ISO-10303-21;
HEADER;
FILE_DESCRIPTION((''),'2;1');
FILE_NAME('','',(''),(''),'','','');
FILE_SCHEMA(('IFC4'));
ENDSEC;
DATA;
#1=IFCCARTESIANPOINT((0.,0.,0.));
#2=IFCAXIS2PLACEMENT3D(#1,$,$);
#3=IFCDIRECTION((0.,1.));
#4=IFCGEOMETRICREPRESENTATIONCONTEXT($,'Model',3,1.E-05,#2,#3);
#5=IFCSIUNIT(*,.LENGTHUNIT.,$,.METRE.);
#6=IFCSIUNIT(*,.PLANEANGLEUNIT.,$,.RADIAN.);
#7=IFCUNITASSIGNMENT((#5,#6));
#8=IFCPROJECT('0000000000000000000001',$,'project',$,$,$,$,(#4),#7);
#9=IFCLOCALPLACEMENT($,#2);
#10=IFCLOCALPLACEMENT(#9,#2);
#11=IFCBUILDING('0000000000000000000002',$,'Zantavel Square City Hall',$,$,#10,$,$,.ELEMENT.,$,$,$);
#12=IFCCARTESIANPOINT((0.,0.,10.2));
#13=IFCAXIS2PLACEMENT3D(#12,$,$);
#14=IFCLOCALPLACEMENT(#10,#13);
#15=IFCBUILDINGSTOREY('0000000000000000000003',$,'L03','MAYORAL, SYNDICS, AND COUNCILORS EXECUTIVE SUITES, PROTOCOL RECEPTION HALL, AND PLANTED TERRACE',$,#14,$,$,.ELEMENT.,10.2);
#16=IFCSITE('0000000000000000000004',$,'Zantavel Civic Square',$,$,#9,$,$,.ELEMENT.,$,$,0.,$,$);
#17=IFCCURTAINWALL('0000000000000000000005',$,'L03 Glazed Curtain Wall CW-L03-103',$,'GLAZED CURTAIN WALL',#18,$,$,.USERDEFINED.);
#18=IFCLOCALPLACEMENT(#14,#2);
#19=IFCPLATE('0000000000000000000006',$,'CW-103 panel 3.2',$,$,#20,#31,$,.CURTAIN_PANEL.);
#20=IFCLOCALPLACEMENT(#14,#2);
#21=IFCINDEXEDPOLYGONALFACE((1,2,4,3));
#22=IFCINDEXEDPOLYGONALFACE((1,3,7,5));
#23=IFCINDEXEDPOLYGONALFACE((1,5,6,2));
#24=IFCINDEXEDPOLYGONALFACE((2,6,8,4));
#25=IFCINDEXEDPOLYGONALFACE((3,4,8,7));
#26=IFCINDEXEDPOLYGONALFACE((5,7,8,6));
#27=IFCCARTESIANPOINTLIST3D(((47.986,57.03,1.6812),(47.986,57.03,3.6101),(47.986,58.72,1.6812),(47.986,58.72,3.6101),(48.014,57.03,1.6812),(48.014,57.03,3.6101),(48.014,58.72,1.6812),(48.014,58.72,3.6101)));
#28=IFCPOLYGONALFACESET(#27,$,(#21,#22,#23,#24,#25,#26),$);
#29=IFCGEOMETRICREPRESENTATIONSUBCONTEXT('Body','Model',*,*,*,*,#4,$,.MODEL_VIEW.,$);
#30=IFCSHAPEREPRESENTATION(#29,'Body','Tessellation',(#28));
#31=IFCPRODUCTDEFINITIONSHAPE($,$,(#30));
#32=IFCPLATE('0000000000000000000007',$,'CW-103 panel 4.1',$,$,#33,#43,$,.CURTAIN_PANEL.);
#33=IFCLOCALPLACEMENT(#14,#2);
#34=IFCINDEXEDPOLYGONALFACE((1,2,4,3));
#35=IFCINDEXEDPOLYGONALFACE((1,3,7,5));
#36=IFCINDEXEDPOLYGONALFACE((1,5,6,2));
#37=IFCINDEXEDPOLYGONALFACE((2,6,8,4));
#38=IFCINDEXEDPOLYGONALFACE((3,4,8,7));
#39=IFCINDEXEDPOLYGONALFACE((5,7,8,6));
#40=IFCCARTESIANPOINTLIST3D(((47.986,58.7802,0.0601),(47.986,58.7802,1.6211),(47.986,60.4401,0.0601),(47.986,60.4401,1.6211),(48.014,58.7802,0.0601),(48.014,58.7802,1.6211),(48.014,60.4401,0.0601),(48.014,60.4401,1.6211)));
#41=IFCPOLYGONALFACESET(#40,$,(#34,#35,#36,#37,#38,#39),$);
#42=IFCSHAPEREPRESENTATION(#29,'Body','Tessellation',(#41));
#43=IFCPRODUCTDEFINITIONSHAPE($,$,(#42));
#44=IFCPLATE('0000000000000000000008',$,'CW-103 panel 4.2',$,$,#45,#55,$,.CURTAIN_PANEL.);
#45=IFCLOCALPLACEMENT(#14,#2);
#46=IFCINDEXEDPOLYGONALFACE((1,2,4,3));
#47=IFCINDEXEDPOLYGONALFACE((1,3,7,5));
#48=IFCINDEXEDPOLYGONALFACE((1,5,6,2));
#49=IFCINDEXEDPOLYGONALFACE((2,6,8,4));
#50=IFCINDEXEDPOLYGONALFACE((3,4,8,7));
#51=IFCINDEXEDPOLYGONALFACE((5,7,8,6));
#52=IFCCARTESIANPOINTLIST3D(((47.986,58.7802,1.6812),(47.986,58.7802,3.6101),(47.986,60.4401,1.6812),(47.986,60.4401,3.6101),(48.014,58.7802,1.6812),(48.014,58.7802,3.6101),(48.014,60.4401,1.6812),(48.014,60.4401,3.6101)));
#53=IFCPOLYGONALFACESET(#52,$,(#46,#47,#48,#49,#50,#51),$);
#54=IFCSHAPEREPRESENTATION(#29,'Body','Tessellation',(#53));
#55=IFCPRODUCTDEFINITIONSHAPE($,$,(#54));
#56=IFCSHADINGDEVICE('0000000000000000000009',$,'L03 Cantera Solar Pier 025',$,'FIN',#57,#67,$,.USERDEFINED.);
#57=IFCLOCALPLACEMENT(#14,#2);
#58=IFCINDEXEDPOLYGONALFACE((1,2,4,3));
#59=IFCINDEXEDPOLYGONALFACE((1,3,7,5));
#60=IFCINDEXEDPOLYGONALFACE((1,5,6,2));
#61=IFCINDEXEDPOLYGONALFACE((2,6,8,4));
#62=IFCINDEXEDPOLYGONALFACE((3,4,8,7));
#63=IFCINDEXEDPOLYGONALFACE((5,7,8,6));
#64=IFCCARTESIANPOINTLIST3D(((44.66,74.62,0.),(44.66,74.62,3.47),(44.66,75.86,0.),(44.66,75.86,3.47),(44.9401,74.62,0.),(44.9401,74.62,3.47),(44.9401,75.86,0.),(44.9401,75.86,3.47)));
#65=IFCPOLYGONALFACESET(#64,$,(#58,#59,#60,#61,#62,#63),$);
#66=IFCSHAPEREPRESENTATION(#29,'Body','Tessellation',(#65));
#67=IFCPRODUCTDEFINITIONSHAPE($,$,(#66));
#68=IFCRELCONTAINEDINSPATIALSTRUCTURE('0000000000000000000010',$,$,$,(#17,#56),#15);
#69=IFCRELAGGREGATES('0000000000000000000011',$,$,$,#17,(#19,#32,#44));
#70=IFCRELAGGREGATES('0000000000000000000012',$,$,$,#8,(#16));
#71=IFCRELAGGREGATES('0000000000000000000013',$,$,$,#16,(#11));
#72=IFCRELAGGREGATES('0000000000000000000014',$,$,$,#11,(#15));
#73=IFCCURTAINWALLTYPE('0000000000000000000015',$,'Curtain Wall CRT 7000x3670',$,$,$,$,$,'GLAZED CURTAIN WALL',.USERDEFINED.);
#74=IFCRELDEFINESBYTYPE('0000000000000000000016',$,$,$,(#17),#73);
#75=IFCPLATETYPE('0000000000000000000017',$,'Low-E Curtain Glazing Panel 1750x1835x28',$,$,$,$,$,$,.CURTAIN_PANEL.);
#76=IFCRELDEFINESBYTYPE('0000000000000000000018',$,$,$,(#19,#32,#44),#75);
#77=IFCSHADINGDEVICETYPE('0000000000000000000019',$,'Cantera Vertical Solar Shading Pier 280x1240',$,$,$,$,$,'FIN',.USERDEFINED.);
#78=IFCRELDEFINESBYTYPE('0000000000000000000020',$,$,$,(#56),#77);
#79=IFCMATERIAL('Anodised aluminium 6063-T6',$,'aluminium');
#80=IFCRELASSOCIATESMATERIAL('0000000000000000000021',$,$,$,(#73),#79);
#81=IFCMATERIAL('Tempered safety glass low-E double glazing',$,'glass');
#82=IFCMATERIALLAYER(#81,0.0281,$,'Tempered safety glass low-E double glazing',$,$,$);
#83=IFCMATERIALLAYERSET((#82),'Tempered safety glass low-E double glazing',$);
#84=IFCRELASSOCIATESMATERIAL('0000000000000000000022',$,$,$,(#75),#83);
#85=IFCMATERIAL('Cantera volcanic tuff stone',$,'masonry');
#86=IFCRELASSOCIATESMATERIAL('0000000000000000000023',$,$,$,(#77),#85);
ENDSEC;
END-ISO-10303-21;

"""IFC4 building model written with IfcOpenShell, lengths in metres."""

from ifc_helpers import new_model, si_unit, direction, frame, origin, origin_2d, place, context, subcontext, project, spatial, rectangle, extrude, material, layer, layer_set, type_object, element, aggregate, save


model = new_model("IFC4")

# Units and contexts
model_context = context("Model", 3, precision=1e-05, world=origin(), true_north=direction((0.0, 1.0)))
body_context = subcontext(model_context, "Body", "Model", "MODEL_VIEW")
ifc_project = project(units=[si_unit("LENGTHUNIT", "METRE"), si_unit("PLANEANGLEUNIT", "RADIAN")], contexts=[model_context])

# Site, building, storey
site_placement = place(None, origin())
site = spatial("IfcSite", under=ifc_project, at=site_placement, Name="Zantavel Civic Square", CompositionType="ELEMENT", RefElevation=0.0)
building_placement = place(site_placement, origin())
building = spatial("IfcBuilding", under=site, at=building_placement, Name="Zantavel Square City Hall", CompositionType="ELEMENT")
storey_placement = place(building_placement, frame((0.0, 0.0, 10.2)))
storey = spatial("IfcBuildingStorey", under=building, at=storey_placement, Name="L03", Description="MAYORAL, SYNDICS, AND COUNCILORS EXECUTIVE SUITES, PROTOCOL RECEPTION HALL, AND PLANTED TERRACE", CompositionType="ELEMENT", Elevation=10.2)

# Curtain wall, plates
ifc_material_1 = material(Name="Anodised aluminium 6063-T6", Category="aluminium")
curtain_wall_type = type_object("IfcCurtainWallType", Name="Curtain Wall CRT 7000x3670", ElementType="GLAZED CURTAIN WALL", PredefinedType="USERDEFINED", material=ifc_material_1)
curtain_wall_placement = place(storey_placement, origin())
curtain_wall = element("IfcCurtainWall", 1, at=curtain_wall_placement, inside=storey, type_object=curtain_wall_type, Name="L03 Glazed Curtain Wall CW-L03-103", ObjectType="GLAZED CURTAIN WALL", PredefinedType="USERDEFINED")
ifc_material_2 = material(Name="Tempered safety glass low-E double glazing", Category="glass")
ifc_layer = layer(ifc_material_2, 0.0281, Name="Tempered safety glass low-E double glazing")
ifc_layer_set = layer_set([ifc_layer], Name="Tempered safety glass low-E double glazing")
plate_type = type_object("IfcPlateType", Name="Low-E Curtain Glazing Panel 1750x1835x28", PredefinedType="CURTAIN_PANEL", material=ifc_layer_set)
plate_1_placement = place(storey_placement, frame((48.0, 57.875, 1.6812), z_axis=(0.0, 0.0, 1.0), x_axis=(0.0, 1.0, 0.0)))
plate_1 = element("IfcPlate", 2, at=plate_1_placement, type_object=plate_type, Name="CW-103 panel 3.2", PredefinedType="CURTAIN_PANEL", context=body_context, shape_type="SweptSolid", body=[
    extrude(rectangle(XDim=1.6899, YDim=0.0281, at=origin_2d()), origin(), (0.0, 0.0, 1.0), 1.929),
])
plate_2_placement = place(storey_placement, frame((48.0, 59.6101, 0.0601), z_axis=(0.0, 0.0, 1.0), x_axis=(0.0, 1.0, 0.0)))
plate_2 = element("IfcPlate", 3, at=plate_2_placement, type_object=plate_type, Name="CW-103 panel 4.1", PredefinedType="CURTAIN_PANEL", context=body_context, shape_type="SweptSolid", body=[
    extrude(rectangle(XDim=1.6599, YDim=0.0281, at=origin_2d()), origin(), (0.0, 0.0, 1.0), 1.561),
])
plate_3_placement = place(storey_placement, frame((48.0, 59.6101, 1.6812), z_axis=(0.0, 0.0, 1.0), x_axis=(0.0, 1.0, 0.0)))
plate_3 = element("IfcPlate", 4, at=plate_3_placement, type_object=plate_type, Name="CW-103 panel 4.2", PredefinedType="CURTAIN_PANEL", context=body_context, shape_type="SweptSolid", body=[
    extrude(rectangle(XDim=1.6599, YDim=0.0281, at=origin_2d()), origin(), (0.0, 0.0, 1.0), 1.929),
])
aggregate(curtain_wall, [plate_1, plate_2, plate_3])

# Shading device
ifc_material_3 = material(Name="Cantera volcanic tuff stone", Category="masonry")
shading_device_type = type_object("IfcShadingDeviceType", Name="Cantera Vertical Solar Shading Pier 280x1240", ElementType="FIN", PredefinedType="USERDEFINED", material=ifc_material_3)
shading_device_placement = place(storey_placement, frame((44.8, 75.24, 0.0), z_axis=(0.0, 0.0, 1.0), x_axis=(1.0, 0.0, 0.0)))
element("IfcShadingDevice", 5, at=shading_device_placement, inside=storey, type_object=shading_device_type, Name="L03 Cantera Solar Pier 025", ObjectType="FIN", PredefinedType="USERDEFINED", context=body_context, shape_type="SweptSolid", body=[
    extrude(rectangle(XDim=0.28, YDim=1.24, at=origin_2d()), origin(), (0.0, 0.0, 1.0), 3.47),
])

save(model, "model.ifc")
